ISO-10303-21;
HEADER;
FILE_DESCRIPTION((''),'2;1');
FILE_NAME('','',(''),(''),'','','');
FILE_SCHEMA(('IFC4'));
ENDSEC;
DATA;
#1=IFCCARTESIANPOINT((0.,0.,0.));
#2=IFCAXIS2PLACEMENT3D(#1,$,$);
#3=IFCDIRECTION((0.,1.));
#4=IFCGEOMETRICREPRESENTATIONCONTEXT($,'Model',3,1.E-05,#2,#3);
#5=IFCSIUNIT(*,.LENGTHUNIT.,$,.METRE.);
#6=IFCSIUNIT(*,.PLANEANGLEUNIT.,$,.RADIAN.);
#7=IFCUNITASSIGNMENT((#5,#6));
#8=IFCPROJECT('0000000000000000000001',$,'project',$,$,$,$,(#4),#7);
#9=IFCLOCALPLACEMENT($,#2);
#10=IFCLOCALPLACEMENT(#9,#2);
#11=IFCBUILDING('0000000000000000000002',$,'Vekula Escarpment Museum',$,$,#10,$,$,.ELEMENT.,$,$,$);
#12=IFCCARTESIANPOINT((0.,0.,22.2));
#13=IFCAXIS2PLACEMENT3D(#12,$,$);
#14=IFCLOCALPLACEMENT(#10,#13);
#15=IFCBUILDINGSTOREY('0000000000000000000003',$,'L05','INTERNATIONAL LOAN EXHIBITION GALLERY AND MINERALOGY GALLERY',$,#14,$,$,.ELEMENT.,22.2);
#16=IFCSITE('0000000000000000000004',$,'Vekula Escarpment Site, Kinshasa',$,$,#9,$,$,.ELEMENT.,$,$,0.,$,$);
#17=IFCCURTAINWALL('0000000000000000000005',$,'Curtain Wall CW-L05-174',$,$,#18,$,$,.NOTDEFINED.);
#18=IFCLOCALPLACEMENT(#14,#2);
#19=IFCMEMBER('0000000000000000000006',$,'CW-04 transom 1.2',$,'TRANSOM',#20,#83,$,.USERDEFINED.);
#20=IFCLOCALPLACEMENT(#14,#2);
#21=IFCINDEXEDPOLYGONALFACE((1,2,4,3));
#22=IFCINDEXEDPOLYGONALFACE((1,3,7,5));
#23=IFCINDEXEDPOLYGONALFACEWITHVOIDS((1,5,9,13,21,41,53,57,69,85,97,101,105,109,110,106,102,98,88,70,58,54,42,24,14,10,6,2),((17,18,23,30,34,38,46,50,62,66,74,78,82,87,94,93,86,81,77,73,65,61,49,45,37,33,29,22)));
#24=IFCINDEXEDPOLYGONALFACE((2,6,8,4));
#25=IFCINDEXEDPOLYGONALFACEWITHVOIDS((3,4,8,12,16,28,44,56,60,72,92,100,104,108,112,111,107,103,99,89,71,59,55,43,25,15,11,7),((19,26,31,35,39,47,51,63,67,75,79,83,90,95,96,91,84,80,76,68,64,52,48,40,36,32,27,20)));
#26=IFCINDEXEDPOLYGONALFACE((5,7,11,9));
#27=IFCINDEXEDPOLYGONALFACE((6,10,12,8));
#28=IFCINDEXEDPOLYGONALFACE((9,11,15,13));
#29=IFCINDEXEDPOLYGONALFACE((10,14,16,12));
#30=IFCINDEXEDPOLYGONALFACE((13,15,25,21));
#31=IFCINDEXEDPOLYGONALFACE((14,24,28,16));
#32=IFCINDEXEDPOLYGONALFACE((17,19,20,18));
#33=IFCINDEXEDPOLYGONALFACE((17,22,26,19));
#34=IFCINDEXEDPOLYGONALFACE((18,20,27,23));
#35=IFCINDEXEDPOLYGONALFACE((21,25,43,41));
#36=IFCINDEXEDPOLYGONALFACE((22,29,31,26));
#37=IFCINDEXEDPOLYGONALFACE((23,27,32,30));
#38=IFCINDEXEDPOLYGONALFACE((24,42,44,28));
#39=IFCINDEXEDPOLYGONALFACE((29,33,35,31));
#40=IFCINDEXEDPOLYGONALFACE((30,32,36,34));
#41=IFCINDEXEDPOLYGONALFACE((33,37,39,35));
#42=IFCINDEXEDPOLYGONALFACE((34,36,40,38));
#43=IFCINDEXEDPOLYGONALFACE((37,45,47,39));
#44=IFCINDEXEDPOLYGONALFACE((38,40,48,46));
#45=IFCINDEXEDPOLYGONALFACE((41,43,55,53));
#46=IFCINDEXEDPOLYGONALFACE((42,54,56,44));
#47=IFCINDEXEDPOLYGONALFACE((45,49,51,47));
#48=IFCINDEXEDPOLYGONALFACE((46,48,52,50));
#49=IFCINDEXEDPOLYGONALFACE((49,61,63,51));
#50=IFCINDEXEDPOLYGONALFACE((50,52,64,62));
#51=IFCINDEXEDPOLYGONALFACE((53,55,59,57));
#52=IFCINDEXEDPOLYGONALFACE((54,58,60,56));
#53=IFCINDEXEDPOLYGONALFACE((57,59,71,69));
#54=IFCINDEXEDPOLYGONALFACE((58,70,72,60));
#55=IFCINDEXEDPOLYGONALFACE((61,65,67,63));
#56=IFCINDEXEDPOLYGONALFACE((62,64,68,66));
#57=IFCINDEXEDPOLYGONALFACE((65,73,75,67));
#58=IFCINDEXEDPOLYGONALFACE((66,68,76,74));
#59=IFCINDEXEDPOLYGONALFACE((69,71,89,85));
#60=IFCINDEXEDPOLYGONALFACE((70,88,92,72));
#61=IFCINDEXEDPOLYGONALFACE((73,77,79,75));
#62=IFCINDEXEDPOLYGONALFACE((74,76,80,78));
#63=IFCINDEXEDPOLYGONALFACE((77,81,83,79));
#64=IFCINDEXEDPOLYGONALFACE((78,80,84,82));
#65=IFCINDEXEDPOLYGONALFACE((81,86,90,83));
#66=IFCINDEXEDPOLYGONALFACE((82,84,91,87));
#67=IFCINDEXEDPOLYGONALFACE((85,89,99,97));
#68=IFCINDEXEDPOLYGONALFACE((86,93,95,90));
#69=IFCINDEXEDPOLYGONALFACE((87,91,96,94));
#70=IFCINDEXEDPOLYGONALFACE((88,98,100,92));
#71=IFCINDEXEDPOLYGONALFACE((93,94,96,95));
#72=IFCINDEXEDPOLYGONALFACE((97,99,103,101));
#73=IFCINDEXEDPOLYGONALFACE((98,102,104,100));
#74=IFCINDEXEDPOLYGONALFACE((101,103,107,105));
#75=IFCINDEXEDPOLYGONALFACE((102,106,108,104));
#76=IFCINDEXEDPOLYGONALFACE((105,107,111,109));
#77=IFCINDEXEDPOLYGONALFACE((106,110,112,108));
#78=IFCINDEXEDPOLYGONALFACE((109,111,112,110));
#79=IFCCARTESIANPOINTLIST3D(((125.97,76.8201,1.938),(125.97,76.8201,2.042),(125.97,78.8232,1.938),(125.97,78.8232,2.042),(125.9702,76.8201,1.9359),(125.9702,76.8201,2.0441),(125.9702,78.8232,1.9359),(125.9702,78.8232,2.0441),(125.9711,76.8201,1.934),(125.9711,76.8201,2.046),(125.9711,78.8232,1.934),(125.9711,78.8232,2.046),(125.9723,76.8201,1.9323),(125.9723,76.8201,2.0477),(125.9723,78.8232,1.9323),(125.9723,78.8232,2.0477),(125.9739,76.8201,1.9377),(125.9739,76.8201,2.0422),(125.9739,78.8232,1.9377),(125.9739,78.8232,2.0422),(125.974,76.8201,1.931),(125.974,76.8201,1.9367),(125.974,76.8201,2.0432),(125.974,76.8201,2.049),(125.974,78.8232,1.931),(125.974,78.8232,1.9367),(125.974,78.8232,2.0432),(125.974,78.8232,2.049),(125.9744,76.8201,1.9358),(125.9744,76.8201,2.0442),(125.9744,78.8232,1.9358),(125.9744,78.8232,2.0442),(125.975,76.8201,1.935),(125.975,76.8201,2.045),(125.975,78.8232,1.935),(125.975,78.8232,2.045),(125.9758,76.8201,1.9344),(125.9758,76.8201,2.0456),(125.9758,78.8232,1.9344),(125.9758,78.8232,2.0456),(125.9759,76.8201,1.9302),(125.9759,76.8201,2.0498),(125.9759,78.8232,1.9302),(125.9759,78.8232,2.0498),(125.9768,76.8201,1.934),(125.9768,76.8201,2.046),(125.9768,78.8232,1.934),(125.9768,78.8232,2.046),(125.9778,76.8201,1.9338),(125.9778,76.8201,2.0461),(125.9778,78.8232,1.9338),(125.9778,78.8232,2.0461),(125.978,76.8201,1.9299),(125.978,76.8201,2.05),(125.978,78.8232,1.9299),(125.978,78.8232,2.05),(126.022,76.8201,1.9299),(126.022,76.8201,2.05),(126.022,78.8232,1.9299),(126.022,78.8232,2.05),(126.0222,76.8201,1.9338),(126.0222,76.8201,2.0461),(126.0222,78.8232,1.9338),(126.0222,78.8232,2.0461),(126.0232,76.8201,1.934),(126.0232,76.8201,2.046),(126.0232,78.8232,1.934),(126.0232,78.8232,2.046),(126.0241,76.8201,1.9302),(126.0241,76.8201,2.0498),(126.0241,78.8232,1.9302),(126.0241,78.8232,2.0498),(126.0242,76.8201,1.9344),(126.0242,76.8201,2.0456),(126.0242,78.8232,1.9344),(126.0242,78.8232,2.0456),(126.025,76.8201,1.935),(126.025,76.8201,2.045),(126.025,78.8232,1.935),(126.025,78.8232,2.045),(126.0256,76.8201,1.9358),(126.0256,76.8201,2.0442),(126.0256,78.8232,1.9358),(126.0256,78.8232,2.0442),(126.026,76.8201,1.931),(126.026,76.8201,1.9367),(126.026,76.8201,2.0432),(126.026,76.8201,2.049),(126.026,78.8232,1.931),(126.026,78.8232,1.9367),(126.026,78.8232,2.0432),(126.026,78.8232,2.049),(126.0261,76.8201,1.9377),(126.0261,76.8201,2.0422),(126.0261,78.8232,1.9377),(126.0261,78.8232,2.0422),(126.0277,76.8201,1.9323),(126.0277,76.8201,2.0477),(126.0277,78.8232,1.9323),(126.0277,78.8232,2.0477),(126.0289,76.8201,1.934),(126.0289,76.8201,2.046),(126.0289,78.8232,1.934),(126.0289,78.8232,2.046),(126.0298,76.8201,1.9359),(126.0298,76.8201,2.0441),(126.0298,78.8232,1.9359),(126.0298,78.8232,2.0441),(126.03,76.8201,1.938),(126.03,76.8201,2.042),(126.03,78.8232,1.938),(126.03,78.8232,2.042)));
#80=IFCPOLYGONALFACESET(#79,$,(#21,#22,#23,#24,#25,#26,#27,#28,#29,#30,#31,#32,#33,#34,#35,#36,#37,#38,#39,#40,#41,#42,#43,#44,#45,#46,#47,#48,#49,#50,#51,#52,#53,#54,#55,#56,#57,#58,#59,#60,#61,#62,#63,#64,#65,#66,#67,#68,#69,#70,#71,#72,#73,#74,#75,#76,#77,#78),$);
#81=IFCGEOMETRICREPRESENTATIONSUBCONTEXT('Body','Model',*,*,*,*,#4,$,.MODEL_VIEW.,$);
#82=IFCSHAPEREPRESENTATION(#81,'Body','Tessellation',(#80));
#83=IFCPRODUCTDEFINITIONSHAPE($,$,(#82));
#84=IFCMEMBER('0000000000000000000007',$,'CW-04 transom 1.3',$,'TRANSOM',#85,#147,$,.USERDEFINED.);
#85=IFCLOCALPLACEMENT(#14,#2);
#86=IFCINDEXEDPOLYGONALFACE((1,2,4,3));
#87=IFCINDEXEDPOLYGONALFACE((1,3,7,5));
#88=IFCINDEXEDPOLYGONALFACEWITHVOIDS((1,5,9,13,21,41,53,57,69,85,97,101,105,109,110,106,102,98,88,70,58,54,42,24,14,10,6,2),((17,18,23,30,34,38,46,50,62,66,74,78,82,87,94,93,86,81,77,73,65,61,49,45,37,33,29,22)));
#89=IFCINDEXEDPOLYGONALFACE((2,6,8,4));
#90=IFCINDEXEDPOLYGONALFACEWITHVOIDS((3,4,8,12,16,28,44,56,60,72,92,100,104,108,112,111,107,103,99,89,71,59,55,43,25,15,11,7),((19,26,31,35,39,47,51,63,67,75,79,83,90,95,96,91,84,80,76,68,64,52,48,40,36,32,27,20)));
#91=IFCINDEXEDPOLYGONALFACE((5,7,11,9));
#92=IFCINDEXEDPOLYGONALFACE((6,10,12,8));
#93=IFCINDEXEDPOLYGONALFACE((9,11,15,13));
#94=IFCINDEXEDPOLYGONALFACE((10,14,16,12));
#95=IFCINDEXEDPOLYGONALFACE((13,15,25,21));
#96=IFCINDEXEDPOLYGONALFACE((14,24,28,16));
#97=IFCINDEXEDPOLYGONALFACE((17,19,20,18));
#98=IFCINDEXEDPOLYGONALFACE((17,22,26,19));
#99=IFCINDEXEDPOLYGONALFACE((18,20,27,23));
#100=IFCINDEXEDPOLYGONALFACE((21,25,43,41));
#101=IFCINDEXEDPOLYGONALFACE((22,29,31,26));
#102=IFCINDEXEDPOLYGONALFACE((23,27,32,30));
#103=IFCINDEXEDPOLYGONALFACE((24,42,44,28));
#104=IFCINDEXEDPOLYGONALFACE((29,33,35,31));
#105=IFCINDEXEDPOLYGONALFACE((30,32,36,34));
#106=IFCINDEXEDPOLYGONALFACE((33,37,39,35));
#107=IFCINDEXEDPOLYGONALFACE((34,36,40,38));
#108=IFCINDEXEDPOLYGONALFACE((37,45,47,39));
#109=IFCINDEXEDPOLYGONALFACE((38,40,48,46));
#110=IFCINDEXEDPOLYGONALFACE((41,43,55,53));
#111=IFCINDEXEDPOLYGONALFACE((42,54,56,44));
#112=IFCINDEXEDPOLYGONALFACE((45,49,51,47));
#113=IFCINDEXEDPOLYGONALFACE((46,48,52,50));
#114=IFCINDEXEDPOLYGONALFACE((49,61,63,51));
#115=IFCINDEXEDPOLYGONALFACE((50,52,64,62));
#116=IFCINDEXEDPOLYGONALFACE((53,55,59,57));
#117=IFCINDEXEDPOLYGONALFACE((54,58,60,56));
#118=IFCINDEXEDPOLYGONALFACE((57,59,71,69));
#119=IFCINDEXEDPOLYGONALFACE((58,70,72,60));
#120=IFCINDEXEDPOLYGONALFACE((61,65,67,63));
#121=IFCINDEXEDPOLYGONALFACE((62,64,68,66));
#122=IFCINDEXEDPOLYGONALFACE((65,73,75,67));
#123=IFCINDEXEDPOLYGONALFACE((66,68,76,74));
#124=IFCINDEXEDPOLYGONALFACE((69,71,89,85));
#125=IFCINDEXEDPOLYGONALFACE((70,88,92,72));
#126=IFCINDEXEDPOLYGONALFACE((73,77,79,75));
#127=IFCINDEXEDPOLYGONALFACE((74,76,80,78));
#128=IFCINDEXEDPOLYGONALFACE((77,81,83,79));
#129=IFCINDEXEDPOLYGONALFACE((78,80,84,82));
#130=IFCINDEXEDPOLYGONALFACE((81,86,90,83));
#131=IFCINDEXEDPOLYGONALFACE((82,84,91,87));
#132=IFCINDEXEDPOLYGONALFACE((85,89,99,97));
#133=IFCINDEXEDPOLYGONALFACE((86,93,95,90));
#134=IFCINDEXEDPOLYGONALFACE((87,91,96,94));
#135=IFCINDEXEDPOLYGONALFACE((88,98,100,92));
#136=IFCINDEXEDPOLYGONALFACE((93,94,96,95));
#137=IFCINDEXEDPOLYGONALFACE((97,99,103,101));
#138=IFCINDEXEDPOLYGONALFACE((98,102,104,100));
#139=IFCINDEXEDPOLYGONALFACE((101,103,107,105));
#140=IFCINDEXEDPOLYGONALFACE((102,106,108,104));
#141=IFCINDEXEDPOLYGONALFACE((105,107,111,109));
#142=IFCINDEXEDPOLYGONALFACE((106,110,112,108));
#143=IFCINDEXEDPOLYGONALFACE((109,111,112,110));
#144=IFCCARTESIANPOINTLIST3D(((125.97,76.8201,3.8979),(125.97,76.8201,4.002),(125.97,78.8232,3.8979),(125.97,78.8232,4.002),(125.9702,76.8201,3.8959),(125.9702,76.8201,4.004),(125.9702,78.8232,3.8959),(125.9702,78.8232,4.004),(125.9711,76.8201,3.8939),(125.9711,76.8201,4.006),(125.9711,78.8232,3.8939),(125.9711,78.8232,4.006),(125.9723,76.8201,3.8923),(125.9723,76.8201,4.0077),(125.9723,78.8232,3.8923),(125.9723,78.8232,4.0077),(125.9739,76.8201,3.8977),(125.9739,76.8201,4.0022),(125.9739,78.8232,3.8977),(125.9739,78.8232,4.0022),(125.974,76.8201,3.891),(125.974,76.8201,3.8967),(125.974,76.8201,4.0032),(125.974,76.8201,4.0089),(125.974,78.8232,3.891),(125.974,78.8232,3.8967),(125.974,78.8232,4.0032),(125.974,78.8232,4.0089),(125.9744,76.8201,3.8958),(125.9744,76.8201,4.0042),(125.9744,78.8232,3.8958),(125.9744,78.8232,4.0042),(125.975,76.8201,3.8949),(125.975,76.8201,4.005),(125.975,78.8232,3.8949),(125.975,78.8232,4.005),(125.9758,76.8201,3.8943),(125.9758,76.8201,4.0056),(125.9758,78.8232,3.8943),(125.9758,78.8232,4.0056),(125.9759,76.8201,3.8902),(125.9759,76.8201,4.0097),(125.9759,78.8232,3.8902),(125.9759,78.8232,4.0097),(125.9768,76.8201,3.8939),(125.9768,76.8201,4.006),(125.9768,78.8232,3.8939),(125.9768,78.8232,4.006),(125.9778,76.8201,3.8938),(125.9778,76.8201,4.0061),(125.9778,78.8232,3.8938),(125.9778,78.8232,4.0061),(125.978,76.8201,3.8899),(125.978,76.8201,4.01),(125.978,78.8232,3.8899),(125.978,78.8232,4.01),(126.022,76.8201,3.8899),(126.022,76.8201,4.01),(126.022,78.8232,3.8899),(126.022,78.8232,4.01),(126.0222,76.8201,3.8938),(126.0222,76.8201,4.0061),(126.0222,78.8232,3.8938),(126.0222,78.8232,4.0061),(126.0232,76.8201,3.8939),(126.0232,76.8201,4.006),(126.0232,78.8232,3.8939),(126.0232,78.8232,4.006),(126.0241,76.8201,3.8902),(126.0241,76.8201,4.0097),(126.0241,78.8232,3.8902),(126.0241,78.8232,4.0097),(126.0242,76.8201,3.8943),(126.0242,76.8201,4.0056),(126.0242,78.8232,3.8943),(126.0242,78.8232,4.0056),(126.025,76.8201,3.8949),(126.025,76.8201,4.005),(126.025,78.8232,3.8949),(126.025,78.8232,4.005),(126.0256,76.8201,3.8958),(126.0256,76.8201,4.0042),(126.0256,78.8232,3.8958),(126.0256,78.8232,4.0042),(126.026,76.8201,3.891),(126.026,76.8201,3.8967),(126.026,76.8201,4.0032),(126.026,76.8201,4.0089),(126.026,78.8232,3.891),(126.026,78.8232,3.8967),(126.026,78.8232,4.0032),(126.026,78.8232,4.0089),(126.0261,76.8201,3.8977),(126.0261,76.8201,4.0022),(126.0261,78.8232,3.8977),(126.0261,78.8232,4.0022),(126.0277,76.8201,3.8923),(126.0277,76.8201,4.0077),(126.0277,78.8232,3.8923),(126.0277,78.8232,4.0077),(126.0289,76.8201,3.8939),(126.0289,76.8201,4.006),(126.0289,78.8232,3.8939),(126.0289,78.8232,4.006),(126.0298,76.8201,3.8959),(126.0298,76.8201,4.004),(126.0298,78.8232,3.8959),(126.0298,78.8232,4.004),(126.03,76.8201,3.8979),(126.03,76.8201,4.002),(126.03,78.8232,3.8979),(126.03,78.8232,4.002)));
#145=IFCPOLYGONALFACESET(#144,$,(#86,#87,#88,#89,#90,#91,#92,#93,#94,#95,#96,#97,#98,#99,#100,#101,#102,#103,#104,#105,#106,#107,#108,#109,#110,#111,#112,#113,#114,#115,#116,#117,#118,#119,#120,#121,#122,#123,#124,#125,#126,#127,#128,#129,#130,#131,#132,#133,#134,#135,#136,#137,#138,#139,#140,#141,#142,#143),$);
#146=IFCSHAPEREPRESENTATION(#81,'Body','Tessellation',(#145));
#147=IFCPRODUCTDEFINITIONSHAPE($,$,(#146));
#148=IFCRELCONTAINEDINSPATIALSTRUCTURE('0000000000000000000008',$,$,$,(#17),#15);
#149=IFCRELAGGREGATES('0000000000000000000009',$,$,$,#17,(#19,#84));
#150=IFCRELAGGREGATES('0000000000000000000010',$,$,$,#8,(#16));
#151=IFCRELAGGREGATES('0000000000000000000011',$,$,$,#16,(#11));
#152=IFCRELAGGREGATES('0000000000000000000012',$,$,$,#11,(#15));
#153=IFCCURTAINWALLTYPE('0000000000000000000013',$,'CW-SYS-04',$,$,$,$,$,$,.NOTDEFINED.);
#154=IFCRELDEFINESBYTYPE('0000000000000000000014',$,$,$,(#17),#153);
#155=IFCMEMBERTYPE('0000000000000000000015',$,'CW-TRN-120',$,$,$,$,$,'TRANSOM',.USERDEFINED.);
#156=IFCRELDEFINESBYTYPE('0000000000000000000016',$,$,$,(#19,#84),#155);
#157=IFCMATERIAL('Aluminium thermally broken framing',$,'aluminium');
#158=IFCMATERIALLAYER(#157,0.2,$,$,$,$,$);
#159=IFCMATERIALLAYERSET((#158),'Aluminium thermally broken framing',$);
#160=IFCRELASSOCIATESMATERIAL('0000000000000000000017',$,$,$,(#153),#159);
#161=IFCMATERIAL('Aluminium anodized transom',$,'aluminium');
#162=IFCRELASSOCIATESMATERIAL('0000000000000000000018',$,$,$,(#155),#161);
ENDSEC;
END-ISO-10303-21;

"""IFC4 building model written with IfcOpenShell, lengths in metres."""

from ifc_helpers import new_model, si_unit, direction, frame, origin, origin_2d, place, context, subcontext, project, spatial, hollow_rectangle, extrude, material, layer, layer_set, material_profile, profile_set, type_object, element, aggregate, save


model = new_model("IFC4")

# Units and contexts
model_context = context("Model", 3, precision=1e-05, world=origin(), true_north=direction((0.0, 1.0)))
body_context = subcontext(model_context, "Body", "Model", "MODEL_VIEW")
ifc_project = project(units=[si_unit("LENGTHUNIT", "METRE"), si_unit("PLANEANGLEUNIT", "RADIAN")], contexts=[model_context])

# Site, building, storey
site_placement = place(None, origin())
site = spatial("IfcSite", under=ifc_project, at=site_placement, Name="Vekula Escarpment Site, Kinshasa", CompositionType="ELEMENT", RefElevation=0.0)
building_placement = place(site_placement, origin())
building = spatial("IfcBuilding", under=site, at=building_placement, Name="Vekula Escarpment Museum", CompositionType="ELEMENT")
storey_placement = place(building_placement, frame((0.0, 0.0, 22.2)))
storey = spatial("IfcBuildingStorey", under=building, at=storey_placement, Name="L05", Description="INTERNATIONAL LOAN EXHIBITION GALLERY AND MINERALOGY GALLERY", CompositionType="ELEMENT", Elevation=22.2)

# Curtain wall
ifc_material_1 = material(Name="Aluminium thermally broken framing", Category="aluminium")
ifc_layer_1 = layer(ifc_material_1, 0.2)
ifc_layer_set_1 = layer_set([ifc_layer_1], Name="Aluminium thermally broken framing")
curtain_wall_type_1 = type_object("IfcCurtainWallType", Name="CW-SYS-04", PredefinedType="NOTDEFINED", material=ifc_layer_set_1)
curtain_wall_1_placement = place(storey_placement, origin())
curtain_wall_1 = element("IfcCurtainWall", 1, at=curtain_wall_1_placement, inside=storey, type_object=curtain_wall_type_1, Name="Curtain Wall CW-L05-174", PredefinedType="NOTDEFINED")

# Members
ifc_material_2 = material(Name="Aluminium anodized transom", Category="aluminium")
ifc_material_profile_1 = material_profile(ifc_material_2, hollow_rectangle(XDim=0.0601, YDim=0.1201, WallThickness=0.0039, InnerFilletRadius=0.0039, OuterFilletRadius=0.0081, at=origin_2d()), Name="ALU 120x60x4")
ifc_profile_set_1 = profile_set([ifc_material_profile_1], Name="Aluminium anodized transom")
member_type_1 = type_object("IfcMemberType", Name="CW-TRN-120", ElementType="TRANSOM", PredefinedType="USERDEFINED", material=ifc_profile_set_1)
member_1_placement = place(storey_placement, frame((126.0, 76.8201, 1.99), z_axis=(0.0, 1.0, 0.0), x_axis=(-1.0, 0.0, 0.0)))
member_1 = element("IfcMember", 2, at=member_1_placement, type_object=member_type_1, Name="CW-04 transom 1.2", ObjectType="TRANSOM", PredefinedType="USERDEFINED", context=body_context, shape_type="SweptSolid", body=[
    extrude(hollow_rectangle(XDim=0.0601, YDim=0.1201, WallThickness=0.0039, InnerFilletRadius=0.0039, OuterFilletRadius=0.0081, at=origin_2d()), origin(), (0.0, 0.0, 1.0), 2.0032),
])
member_2_placement = place(storey_placement, frame((126.0, 76.8201, 3.95), z_axis=(0.0, 1.0, 0.0), x_axis=(-1.0, 0.0, 0.0)))
member_2 = element("IfcMember", 3, at=member_2_placement, type_object=member_type_1, Name="CW-04 transom 1.3", ObjectType="TRANSOM", PredefinedType="USERDEFINED", context=body_context, shape_type="SweptSolid", body=[
    extrude(hollow_rectangle(XDim=0.0601, YDim=0.1201, WallThickness=0.0039, InnerFilletRadius=0.0039, OuterFilletRadius=0.0081, at=origin_2d()), origin(), (0.0, 0.0, 1.0), 2.0032),
])

aggregate(curtain_wall_1, [member_1, member_2])

save(model, "model.ifc")
